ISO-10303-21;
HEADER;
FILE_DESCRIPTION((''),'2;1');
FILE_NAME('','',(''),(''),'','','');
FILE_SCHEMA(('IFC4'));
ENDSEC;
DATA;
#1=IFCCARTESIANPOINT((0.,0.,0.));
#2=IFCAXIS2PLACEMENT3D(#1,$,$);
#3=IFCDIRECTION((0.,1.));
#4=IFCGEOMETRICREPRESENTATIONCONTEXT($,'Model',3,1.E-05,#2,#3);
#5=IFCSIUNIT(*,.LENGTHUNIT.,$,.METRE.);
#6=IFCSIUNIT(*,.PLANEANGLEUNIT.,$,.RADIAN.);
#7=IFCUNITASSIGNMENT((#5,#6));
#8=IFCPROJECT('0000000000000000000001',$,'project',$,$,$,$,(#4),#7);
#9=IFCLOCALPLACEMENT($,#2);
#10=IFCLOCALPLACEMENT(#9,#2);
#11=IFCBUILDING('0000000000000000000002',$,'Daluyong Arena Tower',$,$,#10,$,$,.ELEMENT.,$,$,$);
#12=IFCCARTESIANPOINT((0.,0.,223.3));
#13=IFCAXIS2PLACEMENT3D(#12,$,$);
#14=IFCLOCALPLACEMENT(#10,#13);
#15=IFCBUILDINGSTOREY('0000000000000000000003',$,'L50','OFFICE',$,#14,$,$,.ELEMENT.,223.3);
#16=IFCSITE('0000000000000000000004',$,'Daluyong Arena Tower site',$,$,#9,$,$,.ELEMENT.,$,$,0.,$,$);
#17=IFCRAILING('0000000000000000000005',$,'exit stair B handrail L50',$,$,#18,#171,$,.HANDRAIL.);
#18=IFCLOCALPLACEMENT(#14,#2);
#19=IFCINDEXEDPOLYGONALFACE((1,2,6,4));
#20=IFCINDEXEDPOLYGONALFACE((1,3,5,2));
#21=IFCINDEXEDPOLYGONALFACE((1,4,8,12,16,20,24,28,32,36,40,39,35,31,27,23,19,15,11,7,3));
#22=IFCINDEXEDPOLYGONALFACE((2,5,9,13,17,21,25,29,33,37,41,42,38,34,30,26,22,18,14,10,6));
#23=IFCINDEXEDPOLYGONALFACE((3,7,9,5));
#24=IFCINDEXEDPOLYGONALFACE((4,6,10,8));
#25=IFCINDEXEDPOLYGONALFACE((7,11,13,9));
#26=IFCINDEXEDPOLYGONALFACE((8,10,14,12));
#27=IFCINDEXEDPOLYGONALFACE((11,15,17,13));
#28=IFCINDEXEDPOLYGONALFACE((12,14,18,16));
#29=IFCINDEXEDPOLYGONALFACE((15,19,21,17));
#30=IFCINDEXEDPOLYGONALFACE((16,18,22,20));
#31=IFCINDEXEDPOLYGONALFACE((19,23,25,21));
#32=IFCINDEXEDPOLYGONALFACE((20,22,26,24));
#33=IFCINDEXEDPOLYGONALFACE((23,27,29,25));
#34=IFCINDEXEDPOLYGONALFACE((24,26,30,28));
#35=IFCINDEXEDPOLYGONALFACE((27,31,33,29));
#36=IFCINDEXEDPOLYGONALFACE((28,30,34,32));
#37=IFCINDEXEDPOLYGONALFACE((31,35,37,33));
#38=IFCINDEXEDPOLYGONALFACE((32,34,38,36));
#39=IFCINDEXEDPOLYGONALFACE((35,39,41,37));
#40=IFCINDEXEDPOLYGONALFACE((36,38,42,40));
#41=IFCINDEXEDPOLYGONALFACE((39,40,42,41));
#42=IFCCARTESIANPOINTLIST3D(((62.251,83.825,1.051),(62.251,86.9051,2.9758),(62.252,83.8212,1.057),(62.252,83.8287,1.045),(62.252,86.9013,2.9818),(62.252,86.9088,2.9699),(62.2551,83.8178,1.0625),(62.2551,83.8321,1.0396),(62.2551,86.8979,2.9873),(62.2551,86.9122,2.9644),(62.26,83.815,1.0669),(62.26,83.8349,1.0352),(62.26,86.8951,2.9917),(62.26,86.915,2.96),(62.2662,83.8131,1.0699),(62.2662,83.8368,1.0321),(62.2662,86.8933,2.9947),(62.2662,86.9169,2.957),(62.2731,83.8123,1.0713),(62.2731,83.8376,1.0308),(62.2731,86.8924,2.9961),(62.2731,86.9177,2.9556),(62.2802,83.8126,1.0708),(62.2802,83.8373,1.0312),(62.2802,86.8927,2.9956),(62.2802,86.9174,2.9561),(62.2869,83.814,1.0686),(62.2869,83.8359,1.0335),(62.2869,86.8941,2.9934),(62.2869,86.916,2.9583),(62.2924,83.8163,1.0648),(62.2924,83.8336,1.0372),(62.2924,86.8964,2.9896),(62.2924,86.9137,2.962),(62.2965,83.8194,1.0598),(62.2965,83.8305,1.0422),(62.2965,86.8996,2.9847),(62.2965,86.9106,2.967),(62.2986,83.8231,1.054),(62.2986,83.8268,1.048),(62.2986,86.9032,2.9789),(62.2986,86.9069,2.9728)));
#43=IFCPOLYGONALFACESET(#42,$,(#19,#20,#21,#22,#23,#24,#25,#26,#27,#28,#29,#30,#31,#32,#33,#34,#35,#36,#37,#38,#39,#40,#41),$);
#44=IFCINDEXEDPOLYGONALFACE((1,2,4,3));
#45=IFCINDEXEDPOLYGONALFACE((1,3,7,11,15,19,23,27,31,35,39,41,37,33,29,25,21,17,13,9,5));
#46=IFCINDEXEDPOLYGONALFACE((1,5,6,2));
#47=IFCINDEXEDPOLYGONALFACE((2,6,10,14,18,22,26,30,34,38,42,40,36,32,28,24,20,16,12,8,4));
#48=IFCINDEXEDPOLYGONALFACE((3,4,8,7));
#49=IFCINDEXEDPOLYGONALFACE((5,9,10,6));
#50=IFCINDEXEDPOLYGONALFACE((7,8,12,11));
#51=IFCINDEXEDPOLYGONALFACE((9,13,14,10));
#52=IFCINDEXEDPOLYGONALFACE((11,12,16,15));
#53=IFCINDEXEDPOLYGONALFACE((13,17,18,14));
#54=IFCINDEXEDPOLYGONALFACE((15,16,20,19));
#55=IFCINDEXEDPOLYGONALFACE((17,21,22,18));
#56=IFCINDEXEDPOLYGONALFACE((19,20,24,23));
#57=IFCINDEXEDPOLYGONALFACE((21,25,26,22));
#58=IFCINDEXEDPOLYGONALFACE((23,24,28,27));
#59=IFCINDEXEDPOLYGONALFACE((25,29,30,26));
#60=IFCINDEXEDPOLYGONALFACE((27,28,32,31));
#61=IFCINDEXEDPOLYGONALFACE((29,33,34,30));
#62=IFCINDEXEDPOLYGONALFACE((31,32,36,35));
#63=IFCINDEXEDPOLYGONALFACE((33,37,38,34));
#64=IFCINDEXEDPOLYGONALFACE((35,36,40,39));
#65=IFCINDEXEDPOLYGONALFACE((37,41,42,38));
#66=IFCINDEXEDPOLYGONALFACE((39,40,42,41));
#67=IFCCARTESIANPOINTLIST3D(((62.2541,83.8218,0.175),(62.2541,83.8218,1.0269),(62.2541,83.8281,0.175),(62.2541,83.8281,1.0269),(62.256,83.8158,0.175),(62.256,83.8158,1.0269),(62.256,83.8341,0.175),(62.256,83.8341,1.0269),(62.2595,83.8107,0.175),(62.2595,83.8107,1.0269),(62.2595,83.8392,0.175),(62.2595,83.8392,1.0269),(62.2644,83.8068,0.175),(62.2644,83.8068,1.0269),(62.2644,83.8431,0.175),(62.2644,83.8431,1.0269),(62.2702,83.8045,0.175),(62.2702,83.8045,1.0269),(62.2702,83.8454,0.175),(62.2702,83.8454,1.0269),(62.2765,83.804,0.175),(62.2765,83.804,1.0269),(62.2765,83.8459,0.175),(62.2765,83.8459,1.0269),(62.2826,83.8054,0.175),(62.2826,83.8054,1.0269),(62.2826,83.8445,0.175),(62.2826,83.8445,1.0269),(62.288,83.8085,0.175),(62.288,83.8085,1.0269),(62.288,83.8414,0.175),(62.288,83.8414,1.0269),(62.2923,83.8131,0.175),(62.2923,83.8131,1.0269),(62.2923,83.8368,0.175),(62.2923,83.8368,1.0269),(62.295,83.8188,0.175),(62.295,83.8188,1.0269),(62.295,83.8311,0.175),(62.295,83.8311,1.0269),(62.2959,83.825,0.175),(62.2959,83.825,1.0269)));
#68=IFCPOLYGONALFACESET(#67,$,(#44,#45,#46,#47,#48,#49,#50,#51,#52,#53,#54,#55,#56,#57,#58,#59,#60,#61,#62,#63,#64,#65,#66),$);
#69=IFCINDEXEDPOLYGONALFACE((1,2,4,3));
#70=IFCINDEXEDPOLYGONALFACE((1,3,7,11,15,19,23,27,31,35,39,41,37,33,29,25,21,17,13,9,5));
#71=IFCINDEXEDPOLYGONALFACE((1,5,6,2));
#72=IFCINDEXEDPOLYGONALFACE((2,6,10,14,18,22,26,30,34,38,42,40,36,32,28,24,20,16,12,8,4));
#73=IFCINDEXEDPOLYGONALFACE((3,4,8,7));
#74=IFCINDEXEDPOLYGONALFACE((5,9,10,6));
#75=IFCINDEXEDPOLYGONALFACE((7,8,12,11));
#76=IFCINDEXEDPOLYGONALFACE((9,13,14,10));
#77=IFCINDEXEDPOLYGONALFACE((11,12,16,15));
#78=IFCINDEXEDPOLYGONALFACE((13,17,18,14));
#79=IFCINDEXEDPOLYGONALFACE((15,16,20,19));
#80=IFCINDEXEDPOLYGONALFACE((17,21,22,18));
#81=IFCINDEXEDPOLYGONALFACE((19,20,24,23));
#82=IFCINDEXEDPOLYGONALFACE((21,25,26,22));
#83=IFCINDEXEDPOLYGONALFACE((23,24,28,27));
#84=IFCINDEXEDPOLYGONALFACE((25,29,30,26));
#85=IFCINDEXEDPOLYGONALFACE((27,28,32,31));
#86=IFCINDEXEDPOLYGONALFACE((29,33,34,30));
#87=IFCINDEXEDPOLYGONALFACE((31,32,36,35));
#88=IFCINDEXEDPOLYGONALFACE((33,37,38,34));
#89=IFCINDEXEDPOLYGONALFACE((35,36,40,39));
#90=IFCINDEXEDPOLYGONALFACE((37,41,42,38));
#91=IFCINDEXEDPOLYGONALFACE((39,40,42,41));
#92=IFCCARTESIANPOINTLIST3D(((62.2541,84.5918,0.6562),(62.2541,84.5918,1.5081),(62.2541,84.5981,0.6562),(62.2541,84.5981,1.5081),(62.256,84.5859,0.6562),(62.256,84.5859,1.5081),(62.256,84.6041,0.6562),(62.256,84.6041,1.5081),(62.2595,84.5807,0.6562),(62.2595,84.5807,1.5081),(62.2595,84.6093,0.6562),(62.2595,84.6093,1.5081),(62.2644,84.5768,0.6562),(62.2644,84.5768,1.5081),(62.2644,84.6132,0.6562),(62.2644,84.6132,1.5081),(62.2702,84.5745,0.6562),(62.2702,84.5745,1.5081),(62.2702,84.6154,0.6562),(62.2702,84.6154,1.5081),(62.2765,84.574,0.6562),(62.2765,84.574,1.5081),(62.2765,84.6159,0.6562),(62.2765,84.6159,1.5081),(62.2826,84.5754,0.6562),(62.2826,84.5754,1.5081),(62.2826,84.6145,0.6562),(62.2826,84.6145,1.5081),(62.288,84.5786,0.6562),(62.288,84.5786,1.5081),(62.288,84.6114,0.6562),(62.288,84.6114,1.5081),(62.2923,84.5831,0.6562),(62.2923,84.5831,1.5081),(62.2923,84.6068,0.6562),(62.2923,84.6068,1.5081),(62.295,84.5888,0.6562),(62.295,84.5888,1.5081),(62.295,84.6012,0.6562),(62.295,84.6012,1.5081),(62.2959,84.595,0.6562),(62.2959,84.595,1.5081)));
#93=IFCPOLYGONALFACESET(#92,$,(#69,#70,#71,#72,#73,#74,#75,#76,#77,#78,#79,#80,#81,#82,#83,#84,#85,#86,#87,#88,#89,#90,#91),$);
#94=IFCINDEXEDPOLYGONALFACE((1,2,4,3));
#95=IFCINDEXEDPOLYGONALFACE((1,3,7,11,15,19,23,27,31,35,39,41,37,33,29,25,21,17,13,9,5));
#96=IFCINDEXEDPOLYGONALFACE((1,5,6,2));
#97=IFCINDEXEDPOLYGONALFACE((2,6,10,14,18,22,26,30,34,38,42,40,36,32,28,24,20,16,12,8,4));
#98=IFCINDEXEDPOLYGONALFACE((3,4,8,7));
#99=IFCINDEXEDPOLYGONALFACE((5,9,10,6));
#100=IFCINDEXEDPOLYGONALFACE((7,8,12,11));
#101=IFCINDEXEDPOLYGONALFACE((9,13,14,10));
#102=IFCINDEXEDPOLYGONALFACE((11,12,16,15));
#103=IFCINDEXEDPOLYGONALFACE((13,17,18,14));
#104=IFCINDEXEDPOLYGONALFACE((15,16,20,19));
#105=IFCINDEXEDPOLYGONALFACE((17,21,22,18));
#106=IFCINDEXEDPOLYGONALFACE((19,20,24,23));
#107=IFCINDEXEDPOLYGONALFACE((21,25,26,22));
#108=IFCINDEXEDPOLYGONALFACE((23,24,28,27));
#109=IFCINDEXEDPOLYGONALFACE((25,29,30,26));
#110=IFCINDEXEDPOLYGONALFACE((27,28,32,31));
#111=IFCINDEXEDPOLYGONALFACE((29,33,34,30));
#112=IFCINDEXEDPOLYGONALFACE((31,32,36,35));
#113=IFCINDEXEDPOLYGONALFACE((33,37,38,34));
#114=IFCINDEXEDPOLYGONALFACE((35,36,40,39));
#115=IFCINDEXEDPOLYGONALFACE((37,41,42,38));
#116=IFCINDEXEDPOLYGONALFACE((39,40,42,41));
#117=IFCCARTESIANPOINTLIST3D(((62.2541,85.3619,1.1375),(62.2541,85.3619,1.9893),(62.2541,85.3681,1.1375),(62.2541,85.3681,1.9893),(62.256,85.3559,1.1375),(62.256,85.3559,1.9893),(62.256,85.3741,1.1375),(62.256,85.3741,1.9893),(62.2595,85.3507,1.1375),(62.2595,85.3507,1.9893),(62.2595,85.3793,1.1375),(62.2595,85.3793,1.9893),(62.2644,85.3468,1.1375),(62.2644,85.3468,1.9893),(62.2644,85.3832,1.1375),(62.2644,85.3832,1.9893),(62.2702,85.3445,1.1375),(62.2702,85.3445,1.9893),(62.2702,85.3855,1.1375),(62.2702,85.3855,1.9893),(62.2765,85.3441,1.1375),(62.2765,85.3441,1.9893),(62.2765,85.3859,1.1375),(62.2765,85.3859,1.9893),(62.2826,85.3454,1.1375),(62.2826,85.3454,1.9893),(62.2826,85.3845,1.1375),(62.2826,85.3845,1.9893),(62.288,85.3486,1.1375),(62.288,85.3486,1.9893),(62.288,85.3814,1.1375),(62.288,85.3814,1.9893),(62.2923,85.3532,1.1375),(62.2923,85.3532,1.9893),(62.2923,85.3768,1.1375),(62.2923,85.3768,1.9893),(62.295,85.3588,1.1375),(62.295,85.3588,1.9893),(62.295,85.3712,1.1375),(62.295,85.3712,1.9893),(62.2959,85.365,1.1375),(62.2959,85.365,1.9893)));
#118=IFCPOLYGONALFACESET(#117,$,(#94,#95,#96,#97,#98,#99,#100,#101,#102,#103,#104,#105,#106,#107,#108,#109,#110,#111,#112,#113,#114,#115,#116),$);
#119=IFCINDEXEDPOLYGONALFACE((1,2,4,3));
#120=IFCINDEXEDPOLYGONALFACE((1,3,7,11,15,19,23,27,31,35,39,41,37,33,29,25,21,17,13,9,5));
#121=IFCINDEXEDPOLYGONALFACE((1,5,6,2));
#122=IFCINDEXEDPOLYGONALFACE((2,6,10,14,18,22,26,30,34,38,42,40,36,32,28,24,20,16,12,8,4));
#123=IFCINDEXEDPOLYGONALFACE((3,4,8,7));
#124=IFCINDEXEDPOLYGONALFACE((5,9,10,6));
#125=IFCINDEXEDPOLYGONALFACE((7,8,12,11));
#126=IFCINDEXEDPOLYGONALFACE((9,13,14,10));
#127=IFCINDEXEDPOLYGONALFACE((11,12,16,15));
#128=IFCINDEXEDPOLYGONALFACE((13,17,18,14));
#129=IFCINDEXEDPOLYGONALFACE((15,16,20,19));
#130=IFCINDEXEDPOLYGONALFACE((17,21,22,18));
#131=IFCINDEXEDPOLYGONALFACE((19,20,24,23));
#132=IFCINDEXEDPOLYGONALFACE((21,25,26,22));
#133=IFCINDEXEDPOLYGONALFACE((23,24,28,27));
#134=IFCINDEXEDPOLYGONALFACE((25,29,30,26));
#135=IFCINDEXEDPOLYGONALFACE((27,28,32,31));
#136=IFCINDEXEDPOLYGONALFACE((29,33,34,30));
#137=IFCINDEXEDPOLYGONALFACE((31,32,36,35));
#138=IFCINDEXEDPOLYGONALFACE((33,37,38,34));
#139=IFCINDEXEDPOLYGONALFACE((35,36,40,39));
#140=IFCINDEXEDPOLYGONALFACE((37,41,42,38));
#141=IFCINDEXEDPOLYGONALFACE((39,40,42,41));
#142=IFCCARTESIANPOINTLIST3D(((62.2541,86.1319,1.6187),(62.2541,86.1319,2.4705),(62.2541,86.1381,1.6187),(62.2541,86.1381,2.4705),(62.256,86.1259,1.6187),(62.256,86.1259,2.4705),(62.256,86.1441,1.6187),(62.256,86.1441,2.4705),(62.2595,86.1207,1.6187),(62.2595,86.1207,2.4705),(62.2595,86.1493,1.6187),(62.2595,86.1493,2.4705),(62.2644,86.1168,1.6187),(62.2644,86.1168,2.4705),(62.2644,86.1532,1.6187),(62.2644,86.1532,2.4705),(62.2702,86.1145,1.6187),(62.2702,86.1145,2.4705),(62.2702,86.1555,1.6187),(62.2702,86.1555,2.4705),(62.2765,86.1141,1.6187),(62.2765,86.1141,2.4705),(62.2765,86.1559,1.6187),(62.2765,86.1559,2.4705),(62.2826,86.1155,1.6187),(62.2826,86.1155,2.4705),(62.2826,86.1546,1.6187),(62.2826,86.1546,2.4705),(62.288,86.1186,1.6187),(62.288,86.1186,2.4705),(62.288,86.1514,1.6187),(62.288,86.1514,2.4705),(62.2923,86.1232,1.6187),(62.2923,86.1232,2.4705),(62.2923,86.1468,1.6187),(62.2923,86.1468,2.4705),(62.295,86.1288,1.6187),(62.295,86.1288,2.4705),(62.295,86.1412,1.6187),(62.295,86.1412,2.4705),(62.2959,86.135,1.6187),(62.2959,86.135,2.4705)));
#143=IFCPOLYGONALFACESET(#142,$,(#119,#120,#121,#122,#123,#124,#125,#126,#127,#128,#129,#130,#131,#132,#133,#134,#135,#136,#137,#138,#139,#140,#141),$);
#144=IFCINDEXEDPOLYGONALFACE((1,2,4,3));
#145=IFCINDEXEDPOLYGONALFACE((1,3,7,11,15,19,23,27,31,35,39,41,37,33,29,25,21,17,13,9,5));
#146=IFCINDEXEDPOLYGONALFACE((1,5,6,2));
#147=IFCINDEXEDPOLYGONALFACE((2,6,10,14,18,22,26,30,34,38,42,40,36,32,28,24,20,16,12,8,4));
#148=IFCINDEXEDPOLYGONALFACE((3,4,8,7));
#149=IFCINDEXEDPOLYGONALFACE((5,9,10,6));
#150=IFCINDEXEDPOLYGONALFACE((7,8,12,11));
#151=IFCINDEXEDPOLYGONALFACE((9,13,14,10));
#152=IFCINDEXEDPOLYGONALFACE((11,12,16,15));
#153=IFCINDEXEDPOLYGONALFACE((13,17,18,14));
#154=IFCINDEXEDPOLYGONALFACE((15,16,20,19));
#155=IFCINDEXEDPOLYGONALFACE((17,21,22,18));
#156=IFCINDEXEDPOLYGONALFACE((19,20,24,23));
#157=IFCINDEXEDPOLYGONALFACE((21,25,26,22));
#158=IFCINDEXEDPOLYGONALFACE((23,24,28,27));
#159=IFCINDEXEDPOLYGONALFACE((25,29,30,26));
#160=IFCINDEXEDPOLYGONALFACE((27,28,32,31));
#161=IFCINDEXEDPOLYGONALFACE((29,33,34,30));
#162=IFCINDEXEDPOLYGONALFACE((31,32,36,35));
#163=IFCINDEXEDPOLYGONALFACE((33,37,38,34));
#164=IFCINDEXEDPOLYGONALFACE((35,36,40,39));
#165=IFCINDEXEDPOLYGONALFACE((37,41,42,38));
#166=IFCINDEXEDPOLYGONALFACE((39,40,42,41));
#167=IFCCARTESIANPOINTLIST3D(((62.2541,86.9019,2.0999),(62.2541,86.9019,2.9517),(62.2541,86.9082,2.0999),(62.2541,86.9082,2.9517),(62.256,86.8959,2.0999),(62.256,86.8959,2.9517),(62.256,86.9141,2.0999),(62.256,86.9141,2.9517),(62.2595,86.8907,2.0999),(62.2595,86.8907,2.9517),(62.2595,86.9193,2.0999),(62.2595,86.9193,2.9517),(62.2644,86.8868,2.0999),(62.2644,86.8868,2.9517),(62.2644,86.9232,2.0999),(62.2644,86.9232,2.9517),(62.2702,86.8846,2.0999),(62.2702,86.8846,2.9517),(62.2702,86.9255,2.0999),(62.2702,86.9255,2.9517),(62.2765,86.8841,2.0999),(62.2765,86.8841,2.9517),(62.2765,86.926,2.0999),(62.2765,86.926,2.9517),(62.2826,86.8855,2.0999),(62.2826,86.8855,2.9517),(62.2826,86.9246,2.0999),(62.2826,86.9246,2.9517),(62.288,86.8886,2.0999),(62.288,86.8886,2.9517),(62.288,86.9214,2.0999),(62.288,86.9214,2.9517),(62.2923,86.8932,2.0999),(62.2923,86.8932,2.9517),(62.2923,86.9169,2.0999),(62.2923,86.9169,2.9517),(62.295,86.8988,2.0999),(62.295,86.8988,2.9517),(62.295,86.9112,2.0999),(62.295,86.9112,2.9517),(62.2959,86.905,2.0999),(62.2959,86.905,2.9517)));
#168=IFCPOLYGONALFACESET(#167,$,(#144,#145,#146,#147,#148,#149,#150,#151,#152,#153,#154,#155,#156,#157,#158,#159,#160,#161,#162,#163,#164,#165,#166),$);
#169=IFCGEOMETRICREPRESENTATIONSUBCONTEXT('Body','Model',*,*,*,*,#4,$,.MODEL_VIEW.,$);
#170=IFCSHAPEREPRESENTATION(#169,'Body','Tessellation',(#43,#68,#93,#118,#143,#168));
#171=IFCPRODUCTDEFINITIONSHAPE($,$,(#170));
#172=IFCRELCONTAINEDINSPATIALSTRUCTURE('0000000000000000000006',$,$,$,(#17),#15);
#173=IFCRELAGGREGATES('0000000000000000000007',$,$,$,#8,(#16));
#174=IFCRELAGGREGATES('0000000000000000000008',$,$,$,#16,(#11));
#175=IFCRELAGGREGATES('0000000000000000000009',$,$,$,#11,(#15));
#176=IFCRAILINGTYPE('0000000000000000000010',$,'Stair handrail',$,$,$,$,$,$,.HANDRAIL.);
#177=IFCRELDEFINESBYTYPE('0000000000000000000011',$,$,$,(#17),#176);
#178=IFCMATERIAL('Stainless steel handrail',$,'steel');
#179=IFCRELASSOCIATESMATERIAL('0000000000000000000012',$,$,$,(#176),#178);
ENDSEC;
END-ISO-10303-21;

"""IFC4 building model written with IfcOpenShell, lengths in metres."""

from ifc_helpers import new_model, si_unit, direction, frame, origin, origin_2d, place, context, subcontext, project, spatial, circle, extrude, material, type_object, element, save


model = new_model("IFC4")

# Units and contexts
model_context = context("Model", 3, precision=1e-05, world=origin(), true_north=direction((0.0, 1.0)))
body_context = subcontext(model_context, "Body", "Model", "MODEL_VIEW")
ifc_project = project(units=[si_unit("LENGTHUNIT", "METRE"), si_unit("PLANEANGLEUNIT", "RADIAN")], contexts=[model_context])

# Site, building, storey
site_placement = place(None, origin())
site = spatial("IfcSite", under=ifc_project, at=site_placement, Name="Daluyong Arena Tower site", CompositionType="ELEMENT", RefElevation=0.0)
building_placement = place(site_placement, origin())
building = spatial("IfcBuilding", under=site, at=building_placement, Name="Daluyong Arena Tower", CompositionType="ELEMENT")
storey_placement = place(building_placement, frame((0.0, 0.0, 223.3)))
storey = spatial("IfcBuildingStorey", under=building, at=storey_placement, Name="L50", Description="OFFICE", CompositionType="ELEMENT", Elevation=223.3)

# Railing
ifc_material_1 = material(Name="Stainless steel handrail", Category="steel")
railing_type_1 = type_object("IfcRailingType", Name="Stair handrail", PredefinedType="HANDRAIL", material=ifc_material_1)
railing_1_placement = place(storey_placement, frame((62.2749, 83.825, 0.175)))
element("IfcRailing", 1, at=railing_1_placement, inside=storey, type_object=railing_type_1, Name="exit stair B handrail L50", PredefinedType="HANDRAIL", context=body_context, shape_type="SweptSolid", body=[
    extrude(circle(Radius=0.0239, at=origin_2d()), frame((0.0, 0.0, 0.876), z_axis=(0.0, 0.848029, 0.529951), x_axis=(-1.0, 0.0, 0.0)), (0.0, 0.0, 1.0), 3.6321),
    extrude(circle(Radius=0.021, at=origin_2d()), origin(), (0.0, 0.0, 1.0), 0.8518),
    extrude(circle(Radius=0.021, at=origin_2d()), frame((0.0, 0.77, 0.4812)), (0.0, 0.0, 1.0), 0.8518),
    extrude(circle(Radius=0.021, at=origin_2d()), frame((0.0, 1.54, 0.9624)), (0.0, 0.0, 1.0), 0.8518),
    extrude(circle(Radius=0.021, at=origin_2d()), frame((0.0, 2.3101, 1.4436)), (0.0, 0.0, 1.0), 0.8518),
    extrude(circle(Radius=0.021, at=origin_2d()), frame((0.0, 3.0801, 1.9248)), (0.0, 0.0, 1.0), 0.8518),
])

save(model, "model.ifc")
